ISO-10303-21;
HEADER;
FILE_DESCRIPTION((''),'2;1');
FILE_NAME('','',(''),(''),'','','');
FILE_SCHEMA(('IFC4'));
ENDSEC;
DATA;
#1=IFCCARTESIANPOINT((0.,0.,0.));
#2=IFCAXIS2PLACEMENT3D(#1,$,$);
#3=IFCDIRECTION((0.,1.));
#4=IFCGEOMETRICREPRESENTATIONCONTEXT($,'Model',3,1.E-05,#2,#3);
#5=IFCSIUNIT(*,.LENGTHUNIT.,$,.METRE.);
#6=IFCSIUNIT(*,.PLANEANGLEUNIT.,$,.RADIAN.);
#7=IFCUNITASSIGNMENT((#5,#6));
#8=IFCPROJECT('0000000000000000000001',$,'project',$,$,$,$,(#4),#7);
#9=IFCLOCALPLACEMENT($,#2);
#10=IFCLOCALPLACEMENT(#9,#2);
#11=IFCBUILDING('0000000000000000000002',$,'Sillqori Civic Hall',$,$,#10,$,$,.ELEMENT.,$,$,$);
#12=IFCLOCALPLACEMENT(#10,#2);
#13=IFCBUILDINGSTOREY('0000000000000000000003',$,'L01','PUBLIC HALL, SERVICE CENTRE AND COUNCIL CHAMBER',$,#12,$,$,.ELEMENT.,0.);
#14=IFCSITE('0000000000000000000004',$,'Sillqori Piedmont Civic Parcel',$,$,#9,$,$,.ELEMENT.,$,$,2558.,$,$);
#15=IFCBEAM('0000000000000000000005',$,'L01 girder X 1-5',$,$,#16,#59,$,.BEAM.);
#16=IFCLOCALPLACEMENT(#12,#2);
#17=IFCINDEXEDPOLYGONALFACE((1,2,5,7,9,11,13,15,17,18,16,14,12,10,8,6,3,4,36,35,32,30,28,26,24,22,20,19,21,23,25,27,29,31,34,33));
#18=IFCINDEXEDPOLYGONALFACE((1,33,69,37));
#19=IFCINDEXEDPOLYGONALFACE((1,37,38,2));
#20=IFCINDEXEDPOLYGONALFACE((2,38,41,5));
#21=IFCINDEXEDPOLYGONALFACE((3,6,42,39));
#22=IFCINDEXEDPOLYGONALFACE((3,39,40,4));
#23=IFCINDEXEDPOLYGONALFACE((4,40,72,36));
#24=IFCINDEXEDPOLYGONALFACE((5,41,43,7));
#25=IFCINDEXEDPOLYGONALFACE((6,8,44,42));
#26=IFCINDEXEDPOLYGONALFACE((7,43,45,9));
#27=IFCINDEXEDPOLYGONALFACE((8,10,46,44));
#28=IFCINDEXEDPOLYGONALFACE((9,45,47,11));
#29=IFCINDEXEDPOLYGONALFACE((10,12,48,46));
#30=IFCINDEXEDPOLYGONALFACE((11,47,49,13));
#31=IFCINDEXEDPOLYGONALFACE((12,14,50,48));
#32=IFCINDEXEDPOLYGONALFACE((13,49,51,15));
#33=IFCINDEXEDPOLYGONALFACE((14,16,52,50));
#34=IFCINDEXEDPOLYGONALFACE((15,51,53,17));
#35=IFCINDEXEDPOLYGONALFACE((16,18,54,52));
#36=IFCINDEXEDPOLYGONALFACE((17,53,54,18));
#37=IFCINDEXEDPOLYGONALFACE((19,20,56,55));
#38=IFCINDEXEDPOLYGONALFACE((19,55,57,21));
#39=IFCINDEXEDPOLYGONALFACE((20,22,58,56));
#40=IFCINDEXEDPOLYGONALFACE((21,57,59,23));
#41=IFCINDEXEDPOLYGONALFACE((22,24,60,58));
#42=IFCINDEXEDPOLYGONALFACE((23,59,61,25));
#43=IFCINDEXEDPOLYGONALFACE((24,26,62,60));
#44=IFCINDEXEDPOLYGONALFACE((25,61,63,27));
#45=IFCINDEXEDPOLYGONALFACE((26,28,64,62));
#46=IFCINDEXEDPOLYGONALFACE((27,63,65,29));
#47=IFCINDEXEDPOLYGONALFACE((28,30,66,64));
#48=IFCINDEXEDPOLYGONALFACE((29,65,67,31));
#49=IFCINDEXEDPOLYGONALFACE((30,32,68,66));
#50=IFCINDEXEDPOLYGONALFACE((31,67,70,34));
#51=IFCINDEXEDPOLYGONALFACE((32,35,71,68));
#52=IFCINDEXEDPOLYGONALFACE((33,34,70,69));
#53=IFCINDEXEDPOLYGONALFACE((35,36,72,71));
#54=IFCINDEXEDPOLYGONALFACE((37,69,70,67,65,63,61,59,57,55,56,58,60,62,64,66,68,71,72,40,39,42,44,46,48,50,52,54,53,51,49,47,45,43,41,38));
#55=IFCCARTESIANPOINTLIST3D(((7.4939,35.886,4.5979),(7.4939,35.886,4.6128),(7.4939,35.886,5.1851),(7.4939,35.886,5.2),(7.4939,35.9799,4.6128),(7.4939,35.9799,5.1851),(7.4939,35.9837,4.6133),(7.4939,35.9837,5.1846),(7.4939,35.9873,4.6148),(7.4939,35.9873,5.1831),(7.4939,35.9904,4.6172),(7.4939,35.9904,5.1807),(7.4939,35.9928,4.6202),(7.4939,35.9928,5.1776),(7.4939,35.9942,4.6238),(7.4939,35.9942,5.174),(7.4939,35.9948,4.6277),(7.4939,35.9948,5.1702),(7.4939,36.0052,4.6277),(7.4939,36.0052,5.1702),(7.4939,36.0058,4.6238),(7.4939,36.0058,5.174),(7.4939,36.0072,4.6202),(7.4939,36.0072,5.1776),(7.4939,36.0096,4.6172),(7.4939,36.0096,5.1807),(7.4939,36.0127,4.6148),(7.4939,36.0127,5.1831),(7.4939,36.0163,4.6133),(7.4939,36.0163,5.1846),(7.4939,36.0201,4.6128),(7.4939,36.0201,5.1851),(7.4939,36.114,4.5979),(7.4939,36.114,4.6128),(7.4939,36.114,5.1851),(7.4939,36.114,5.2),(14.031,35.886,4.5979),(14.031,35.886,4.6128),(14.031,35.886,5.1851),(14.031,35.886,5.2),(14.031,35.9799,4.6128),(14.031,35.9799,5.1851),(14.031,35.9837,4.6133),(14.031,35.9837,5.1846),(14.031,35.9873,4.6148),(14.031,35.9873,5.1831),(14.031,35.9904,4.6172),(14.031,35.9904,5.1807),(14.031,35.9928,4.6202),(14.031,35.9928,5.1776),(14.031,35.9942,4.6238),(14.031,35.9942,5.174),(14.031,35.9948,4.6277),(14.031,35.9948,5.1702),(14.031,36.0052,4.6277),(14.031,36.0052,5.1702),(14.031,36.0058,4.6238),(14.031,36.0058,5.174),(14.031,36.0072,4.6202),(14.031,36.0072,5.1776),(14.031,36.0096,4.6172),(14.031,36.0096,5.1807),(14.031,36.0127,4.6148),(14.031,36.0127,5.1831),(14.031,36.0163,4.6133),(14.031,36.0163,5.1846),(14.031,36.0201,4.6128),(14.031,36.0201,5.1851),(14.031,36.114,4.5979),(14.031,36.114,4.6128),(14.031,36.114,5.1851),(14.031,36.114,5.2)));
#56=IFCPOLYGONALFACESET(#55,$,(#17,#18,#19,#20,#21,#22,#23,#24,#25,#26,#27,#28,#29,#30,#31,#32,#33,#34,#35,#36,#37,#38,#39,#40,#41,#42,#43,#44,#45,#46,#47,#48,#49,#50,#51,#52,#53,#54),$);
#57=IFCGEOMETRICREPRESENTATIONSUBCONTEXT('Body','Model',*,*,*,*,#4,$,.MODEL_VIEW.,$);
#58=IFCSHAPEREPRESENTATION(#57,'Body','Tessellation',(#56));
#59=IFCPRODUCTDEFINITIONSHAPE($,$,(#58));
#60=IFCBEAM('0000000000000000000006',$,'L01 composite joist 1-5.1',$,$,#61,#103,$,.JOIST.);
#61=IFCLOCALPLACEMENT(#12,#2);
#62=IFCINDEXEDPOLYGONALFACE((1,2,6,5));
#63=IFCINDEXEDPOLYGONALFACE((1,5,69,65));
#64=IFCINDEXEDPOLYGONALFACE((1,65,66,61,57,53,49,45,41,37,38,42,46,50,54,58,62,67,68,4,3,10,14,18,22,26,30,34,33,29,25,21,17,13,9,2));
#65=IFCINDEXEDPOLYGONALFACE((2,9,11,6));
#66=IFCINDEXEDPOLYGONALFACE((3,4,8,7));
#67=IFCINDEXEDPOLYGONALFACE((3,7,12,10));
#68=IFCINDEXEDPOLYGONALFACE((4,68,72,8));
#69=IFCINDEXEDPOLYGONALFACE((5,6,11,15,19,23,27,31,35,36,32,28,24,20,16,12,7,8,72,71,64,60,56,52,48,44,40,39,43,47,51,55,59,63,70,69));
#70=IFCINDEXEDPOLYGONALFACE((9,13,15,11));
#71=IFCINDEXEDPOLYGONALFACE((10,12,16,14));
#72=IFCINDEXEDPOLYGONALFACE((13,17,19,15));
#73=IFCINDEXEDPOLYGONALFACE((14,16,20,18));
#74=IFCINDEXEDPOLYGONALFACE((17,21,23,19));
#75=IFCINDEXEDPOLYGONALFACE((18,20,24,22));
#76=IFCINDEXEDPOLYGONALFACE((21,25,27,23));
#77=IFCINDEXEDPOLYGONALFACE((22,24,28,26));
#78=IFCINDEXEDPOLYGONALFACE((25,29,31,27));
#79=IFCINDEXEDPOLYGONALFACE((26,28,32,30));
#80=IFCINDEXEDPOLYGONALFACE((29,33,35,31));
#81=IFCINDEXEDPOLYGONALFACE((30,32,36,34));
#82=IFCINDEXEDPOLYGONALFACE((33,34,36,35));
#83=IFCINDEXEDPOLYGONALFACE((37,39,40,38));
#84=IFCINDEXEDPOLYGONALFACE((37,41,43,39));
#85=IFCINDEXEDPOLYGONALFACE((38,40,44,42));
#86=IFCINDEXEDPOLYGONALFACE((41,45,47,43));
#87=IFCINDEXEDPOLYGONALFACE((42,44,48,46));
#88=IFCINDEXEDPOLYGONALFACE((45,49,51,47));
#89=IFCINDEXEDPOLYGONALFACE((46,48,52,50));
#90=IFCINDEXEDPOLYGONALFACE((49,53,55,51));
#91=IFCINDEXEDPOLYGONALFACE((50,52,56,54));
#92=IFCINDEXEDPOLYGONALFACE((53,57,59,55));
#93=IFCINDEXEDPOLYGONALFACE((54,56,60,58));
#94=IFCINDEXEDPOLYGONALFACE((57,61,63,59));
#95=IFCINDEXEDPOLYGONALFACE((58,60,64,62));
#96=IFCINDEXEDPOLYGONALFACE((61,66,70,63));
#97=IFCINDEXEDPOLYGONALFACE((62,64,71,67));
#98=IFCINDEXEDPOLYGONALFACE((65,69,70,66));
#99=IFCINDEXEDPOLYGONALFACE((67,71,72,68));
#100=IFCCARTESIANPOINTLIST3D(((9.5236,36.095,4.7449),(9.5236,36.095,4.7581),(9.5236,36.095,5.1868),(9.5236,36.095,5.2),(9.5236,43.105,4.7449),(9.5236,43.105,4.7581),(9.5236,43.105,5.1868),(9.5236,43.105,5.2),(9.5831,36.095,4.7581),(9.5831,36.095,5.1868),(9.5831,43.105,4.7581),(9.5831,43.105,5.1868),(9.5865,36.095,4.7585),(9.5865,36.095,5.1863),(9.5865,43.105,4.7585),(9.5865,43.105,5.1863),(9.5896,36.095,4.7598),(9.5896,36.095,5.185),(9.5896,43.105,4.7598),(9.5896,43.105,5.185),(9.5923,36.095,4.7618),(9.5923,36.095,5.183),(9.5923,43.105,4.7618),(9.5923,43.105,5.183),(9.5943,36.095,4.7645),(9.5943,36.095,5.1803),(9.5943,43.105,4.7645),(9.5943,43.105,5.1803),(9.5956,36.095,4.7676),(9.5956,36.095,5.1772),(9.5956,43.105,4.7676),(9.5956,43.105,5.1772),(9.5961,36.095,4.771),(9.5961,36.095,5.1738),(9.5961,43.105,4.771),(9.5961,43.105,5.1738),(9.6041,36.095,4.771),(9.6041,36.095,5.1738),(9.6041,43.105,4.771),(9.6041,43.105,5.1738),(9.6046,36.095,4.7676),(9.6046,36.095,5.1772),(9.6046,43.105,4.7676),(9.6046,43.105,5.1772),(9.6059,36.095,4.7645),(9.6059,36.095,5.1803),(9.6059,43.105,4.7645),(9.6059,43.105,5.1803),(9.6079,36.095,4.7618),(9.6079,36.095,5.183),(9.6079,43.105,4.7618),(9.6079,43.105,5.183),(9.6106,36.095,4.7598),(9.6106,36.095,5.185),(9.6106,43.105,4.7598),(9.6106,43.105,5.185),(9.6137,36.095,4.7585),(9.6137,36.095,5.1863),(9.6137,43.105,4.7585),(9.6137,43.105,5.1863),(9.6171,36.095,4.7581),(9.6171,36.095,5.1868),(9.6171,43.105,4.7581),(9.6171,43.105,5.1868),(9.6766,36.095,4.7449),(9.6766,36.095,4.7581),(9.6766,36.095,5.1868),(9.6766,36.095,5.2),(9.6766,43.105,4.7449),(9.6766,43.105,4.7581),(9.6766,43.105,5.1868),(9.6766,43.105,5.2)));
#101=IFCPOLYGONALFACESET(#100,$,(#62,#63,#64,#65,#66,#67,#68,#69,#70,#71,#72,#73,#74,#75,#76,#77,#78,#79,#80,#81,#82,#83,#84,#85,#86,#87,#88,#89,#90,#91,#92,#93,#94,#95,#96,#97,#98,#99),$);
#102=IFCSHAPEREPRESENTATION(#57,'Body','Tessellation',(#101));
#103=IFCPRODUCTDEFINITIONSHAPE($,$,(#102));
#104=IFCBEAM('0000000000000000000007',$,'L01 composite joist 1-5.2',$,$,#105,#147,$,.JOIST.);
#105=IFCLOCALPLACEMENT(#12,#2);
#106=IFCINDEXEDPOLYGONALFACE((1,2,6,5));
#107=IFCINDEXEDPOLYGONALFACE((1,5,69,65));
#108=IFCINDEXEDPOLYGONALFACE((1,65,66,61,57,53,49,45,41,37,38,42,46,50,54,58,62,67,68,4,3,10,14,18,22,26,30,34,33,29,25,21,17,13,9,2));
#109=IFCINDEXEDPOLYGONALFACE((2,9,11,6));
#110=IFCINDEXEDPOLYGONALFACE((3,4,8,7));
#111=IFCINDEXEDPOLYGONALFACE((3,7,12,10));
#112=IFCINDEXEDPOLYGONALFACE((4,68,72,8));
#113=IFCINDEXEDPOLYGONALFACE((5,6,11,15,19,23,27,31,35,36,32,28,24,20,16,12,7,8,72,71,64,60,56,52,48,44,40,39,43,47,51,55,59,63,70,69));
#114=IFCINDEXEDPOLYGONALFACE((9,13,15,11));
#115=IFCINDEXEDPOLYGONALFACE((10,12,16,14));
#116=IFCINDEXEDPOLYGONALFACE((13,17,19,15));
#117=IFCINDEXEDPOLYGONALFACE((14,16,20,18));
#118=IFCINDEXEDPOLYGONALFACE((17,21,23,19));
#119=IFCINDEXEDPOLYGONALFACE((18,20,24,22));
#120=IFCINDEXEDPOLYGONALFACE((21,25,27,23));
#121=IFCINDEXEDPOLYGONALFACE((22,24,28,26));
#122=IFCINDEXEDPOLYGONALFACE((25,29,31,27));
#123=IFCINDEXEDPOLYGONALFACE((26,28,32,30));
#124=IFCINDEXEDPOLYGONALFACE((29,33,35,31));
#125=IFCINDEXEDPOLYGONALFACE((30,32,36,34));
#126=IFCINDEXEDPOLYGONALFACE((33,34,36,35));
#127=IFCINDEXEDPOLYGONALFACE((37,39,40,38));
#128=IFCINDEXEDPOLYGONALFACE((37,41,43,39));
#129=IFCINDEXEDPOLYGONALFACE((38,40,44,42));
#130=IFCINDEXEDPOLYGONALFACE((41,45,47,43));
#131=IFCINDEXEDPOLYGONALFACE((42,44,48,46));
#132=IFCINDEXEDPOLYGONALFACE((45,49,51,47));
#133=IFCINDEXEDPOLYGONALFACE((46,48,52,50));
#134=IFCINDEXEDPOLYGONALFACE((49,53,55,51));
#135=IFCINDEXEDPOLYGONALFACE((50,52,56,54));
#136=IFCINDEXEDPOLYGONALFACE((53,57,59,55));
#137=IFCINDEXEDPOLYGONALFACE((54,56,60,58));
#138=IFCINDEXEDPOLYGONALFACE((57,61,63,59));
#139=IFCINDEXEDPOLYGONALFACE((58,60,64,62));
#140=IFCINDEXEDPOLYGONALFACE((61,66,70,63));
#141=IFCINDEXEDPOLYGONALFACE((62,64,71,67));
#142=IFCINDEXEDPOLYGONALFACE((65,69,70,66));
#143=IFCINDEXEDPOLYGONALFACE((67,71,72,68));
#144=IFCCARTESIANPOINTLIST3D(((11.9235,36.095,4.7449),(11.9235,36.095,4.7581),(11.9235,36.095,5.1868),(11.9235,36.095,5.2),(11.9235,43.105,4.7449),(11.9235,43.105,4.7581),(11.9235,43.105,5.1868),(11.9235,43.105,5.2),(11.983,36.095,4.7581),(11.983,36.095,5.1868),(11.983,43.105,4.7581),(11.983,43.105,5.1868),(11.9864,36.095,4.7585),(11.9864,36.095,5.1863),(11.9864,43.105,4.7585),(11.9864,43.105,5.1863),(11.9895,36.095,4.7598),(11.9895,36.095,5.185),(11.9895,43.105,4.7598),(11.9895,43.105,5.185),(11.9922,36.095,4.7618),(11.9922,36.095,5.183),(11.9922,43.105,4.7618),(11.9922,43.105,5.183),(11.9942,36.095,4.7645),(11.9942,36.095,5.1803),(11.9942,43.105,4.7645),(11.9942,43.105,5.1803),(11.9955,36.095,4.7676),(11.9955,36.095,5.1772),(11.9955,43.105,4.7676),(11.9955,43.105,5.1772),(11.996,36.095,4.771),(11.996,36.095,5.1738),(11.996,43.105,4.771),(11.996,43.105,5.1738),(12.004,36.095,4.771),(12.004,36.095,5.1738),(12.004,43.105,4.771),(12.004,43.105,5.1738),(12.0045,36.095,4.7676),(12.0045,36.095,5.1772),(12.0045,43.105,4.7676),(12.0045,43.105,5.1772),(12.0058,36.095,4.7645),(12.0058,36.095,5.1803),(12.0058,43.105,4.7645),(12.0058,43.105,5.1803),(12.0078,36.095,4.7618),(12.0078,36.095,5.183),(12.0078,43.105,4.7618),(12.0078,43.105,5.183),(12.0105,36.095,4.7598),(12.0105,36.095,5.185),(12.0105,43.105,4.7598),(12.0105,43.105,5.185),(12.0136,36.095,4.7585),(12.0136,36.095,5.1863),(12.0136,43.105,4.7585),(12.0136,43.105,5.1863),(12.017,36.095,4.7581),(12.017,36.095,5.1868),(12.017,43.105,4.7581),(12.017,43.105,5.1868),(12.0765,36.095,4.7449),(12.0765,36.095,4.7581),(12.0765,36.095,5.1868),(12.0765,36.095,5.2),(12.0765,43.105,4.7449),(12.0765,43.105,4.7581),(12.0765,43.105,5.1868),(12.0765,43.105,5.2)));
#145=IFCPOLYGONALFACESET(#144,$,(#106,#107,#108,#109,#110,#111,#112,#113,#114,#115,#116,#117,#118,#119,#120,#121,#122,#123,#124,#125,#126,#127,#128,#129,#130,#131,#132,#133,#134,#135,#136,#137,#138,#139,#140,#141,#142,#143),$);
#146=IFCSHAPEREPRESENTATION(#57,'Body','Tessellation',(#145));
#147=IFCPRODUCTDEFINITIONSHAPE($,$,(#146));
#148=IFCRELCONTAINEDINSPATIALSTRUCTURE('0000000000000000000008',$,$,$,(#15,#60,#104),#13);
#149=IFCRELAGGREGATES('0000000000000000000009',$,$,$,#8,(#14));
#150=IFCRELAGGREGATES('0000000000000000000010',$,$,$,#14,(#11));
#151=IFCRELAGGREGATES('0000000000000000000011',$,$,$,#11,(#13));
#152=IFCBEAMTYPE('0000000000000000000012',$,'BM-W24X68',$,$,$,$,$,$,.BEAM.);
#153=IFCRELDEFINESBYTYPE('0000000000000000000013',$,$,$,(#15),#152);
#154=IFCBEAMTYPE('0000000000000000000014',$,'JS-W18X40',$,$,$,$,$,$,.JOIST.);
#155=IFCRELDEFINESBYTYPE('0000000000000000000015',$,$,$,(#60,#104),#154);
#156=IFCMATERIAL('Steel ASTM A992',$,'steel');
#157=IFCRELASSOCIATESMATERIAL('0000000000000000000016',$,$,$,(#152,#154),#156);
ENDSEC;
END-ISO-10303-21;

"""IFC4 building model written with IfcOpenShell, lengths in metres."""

from ifc_helpers import new_model, si_unit, direction, frame, origin, origin_2d, place, context, subcontext, project, spatial, i_section, extrude, material, material_profile, profile_set, type_object, element, save


model = new_model("IFC4")

# Units and contexts
model_context = context("Model", 3, precision=1e-05, world=origin(), true_north=direction((0.0, 1.0)))
body_context = subcontext(model_context, "Body", "Model", "MODEL_VIEW")
ifc_project = project(units=[si_unit("LENGTHUNIT", "METRE"), si_unit("PLANEANGLEUNIT", "RADIAN")], contexts=[model_context])

# Site, building, storey
site_placement = place(None, origin())
site = spatial("IfcSite", under=ifc_project, at=site_placement, Name="Sillqori Piedmont Civic Parcel", CompositionType="ELEMENT", RefElevation=2558.0)
building_placement = place(site_placement, origin())
building = spatial("IfcBuilding", under=site, at=building_placement, Name="Sillqori Civic Hall", CompositionType="ELEMENT")
storey_placement = place(building_placement, origin())
storey = spatial("IfcBuildingStorey", under=building, at=storey_placement, Name="L01", Description="PUBLIC HALL, SERVICE CENTRE AND COUNCIL CHAMBER", CompositionType="ELEMENT", Elevation=0.0)

# Beams
ifc_material_1 = material(Name="Steel ASTM A992", Category="steel")
ifc_material_profile_1 = material_profile(ifc_material_1, i_section(OverallWidth=0.228, OverallDepth=0.6021, WebThickness=0.0105, FlangeThickness=0.0149, FilletRadius=0.0149, at=origin_2d()), Name="W24X68")
ifc_profile_set_1 = profile_set([ifc_material_profile_1], Name="Steel ASTM A992")
beam_type_1 = type_object("IfcBeamType", Name="BM-W24X68", PredefinedType="BEAM", material=ifc_profile_set_1)
beam_1_placement = place(storey_placement, frame((7.4939, 36.0, 4.8989), z_axis=(1.0, 0.0, 0.0), x_axis=(0.0, 1.0, 0.0)))
element("IfcBeam", 1, at=beam_1_placement, inside=storey, type_object=beam_type_1, Name="L01 girder X 1-5", PredefinedType="BEAM", context=body_context, shape_type="SweptSolid", body=[
    extrude(i_section(OverallWidth=0.228, OverallDepth=0.6021, WebThickness=0.0105, FlangeThickness=0.0149, FilletRadius=0.0149, at=origin_2d()), origin(), (0.0, 0.0, 1.0), 6.5371),
])
ifc_material_profile_2 = material_profile(ifc_material_1, i_section(OverallWidth=0.1531, OverallDepth=0.4551, WebThickness=0.0081, FlangeThickness=0.0132, FilletRadius=0.0129, at=origin_2d()), Name="W18X40")
ifc_profile_set_2 = profile_set([ifc_material_profile_2], Name="Steel ASTM A992")
beam_type_2 = type_object("IfcBeamType", Name="JS-W18X40", PredefinedType="JOIST", material=ifc_profile_set_2)
for number, where, z_axis, x_axis, name in (
    (2, (9.6001, 36.095, 4.9724), (0.0, 1.0, 0.0), (-1.0, 0.0, 0.0), "L01 composite joist 1-5.1"),
    (3, (12.0, 36.095, 4.9724), (0.0, 1.0, 0.0), (-1.0, 0.0, 0.0), "L01 composite joist 1-5.2"),
):
    element("IfcBeam", number, at=place(storey_placement, frame(where, z_axis=z_axis, x_axis=x_axis)), inside=storey, type_object=beam_type_2, Name=name, PredefinedType="JOIST", context=body_context, shape_type="SweptSolid", body=[
        extrude(i_section(OverallWidth=0.1531, OverallDepth=0.4551, WebThickness=0.0081, FlangeThickness=0.0132, FilletRadius=0.0129, at=origin_2d()), origin(), (0.0, 0.0, 1.0), 7.01),
    ])

save(model, "model.ifc")
